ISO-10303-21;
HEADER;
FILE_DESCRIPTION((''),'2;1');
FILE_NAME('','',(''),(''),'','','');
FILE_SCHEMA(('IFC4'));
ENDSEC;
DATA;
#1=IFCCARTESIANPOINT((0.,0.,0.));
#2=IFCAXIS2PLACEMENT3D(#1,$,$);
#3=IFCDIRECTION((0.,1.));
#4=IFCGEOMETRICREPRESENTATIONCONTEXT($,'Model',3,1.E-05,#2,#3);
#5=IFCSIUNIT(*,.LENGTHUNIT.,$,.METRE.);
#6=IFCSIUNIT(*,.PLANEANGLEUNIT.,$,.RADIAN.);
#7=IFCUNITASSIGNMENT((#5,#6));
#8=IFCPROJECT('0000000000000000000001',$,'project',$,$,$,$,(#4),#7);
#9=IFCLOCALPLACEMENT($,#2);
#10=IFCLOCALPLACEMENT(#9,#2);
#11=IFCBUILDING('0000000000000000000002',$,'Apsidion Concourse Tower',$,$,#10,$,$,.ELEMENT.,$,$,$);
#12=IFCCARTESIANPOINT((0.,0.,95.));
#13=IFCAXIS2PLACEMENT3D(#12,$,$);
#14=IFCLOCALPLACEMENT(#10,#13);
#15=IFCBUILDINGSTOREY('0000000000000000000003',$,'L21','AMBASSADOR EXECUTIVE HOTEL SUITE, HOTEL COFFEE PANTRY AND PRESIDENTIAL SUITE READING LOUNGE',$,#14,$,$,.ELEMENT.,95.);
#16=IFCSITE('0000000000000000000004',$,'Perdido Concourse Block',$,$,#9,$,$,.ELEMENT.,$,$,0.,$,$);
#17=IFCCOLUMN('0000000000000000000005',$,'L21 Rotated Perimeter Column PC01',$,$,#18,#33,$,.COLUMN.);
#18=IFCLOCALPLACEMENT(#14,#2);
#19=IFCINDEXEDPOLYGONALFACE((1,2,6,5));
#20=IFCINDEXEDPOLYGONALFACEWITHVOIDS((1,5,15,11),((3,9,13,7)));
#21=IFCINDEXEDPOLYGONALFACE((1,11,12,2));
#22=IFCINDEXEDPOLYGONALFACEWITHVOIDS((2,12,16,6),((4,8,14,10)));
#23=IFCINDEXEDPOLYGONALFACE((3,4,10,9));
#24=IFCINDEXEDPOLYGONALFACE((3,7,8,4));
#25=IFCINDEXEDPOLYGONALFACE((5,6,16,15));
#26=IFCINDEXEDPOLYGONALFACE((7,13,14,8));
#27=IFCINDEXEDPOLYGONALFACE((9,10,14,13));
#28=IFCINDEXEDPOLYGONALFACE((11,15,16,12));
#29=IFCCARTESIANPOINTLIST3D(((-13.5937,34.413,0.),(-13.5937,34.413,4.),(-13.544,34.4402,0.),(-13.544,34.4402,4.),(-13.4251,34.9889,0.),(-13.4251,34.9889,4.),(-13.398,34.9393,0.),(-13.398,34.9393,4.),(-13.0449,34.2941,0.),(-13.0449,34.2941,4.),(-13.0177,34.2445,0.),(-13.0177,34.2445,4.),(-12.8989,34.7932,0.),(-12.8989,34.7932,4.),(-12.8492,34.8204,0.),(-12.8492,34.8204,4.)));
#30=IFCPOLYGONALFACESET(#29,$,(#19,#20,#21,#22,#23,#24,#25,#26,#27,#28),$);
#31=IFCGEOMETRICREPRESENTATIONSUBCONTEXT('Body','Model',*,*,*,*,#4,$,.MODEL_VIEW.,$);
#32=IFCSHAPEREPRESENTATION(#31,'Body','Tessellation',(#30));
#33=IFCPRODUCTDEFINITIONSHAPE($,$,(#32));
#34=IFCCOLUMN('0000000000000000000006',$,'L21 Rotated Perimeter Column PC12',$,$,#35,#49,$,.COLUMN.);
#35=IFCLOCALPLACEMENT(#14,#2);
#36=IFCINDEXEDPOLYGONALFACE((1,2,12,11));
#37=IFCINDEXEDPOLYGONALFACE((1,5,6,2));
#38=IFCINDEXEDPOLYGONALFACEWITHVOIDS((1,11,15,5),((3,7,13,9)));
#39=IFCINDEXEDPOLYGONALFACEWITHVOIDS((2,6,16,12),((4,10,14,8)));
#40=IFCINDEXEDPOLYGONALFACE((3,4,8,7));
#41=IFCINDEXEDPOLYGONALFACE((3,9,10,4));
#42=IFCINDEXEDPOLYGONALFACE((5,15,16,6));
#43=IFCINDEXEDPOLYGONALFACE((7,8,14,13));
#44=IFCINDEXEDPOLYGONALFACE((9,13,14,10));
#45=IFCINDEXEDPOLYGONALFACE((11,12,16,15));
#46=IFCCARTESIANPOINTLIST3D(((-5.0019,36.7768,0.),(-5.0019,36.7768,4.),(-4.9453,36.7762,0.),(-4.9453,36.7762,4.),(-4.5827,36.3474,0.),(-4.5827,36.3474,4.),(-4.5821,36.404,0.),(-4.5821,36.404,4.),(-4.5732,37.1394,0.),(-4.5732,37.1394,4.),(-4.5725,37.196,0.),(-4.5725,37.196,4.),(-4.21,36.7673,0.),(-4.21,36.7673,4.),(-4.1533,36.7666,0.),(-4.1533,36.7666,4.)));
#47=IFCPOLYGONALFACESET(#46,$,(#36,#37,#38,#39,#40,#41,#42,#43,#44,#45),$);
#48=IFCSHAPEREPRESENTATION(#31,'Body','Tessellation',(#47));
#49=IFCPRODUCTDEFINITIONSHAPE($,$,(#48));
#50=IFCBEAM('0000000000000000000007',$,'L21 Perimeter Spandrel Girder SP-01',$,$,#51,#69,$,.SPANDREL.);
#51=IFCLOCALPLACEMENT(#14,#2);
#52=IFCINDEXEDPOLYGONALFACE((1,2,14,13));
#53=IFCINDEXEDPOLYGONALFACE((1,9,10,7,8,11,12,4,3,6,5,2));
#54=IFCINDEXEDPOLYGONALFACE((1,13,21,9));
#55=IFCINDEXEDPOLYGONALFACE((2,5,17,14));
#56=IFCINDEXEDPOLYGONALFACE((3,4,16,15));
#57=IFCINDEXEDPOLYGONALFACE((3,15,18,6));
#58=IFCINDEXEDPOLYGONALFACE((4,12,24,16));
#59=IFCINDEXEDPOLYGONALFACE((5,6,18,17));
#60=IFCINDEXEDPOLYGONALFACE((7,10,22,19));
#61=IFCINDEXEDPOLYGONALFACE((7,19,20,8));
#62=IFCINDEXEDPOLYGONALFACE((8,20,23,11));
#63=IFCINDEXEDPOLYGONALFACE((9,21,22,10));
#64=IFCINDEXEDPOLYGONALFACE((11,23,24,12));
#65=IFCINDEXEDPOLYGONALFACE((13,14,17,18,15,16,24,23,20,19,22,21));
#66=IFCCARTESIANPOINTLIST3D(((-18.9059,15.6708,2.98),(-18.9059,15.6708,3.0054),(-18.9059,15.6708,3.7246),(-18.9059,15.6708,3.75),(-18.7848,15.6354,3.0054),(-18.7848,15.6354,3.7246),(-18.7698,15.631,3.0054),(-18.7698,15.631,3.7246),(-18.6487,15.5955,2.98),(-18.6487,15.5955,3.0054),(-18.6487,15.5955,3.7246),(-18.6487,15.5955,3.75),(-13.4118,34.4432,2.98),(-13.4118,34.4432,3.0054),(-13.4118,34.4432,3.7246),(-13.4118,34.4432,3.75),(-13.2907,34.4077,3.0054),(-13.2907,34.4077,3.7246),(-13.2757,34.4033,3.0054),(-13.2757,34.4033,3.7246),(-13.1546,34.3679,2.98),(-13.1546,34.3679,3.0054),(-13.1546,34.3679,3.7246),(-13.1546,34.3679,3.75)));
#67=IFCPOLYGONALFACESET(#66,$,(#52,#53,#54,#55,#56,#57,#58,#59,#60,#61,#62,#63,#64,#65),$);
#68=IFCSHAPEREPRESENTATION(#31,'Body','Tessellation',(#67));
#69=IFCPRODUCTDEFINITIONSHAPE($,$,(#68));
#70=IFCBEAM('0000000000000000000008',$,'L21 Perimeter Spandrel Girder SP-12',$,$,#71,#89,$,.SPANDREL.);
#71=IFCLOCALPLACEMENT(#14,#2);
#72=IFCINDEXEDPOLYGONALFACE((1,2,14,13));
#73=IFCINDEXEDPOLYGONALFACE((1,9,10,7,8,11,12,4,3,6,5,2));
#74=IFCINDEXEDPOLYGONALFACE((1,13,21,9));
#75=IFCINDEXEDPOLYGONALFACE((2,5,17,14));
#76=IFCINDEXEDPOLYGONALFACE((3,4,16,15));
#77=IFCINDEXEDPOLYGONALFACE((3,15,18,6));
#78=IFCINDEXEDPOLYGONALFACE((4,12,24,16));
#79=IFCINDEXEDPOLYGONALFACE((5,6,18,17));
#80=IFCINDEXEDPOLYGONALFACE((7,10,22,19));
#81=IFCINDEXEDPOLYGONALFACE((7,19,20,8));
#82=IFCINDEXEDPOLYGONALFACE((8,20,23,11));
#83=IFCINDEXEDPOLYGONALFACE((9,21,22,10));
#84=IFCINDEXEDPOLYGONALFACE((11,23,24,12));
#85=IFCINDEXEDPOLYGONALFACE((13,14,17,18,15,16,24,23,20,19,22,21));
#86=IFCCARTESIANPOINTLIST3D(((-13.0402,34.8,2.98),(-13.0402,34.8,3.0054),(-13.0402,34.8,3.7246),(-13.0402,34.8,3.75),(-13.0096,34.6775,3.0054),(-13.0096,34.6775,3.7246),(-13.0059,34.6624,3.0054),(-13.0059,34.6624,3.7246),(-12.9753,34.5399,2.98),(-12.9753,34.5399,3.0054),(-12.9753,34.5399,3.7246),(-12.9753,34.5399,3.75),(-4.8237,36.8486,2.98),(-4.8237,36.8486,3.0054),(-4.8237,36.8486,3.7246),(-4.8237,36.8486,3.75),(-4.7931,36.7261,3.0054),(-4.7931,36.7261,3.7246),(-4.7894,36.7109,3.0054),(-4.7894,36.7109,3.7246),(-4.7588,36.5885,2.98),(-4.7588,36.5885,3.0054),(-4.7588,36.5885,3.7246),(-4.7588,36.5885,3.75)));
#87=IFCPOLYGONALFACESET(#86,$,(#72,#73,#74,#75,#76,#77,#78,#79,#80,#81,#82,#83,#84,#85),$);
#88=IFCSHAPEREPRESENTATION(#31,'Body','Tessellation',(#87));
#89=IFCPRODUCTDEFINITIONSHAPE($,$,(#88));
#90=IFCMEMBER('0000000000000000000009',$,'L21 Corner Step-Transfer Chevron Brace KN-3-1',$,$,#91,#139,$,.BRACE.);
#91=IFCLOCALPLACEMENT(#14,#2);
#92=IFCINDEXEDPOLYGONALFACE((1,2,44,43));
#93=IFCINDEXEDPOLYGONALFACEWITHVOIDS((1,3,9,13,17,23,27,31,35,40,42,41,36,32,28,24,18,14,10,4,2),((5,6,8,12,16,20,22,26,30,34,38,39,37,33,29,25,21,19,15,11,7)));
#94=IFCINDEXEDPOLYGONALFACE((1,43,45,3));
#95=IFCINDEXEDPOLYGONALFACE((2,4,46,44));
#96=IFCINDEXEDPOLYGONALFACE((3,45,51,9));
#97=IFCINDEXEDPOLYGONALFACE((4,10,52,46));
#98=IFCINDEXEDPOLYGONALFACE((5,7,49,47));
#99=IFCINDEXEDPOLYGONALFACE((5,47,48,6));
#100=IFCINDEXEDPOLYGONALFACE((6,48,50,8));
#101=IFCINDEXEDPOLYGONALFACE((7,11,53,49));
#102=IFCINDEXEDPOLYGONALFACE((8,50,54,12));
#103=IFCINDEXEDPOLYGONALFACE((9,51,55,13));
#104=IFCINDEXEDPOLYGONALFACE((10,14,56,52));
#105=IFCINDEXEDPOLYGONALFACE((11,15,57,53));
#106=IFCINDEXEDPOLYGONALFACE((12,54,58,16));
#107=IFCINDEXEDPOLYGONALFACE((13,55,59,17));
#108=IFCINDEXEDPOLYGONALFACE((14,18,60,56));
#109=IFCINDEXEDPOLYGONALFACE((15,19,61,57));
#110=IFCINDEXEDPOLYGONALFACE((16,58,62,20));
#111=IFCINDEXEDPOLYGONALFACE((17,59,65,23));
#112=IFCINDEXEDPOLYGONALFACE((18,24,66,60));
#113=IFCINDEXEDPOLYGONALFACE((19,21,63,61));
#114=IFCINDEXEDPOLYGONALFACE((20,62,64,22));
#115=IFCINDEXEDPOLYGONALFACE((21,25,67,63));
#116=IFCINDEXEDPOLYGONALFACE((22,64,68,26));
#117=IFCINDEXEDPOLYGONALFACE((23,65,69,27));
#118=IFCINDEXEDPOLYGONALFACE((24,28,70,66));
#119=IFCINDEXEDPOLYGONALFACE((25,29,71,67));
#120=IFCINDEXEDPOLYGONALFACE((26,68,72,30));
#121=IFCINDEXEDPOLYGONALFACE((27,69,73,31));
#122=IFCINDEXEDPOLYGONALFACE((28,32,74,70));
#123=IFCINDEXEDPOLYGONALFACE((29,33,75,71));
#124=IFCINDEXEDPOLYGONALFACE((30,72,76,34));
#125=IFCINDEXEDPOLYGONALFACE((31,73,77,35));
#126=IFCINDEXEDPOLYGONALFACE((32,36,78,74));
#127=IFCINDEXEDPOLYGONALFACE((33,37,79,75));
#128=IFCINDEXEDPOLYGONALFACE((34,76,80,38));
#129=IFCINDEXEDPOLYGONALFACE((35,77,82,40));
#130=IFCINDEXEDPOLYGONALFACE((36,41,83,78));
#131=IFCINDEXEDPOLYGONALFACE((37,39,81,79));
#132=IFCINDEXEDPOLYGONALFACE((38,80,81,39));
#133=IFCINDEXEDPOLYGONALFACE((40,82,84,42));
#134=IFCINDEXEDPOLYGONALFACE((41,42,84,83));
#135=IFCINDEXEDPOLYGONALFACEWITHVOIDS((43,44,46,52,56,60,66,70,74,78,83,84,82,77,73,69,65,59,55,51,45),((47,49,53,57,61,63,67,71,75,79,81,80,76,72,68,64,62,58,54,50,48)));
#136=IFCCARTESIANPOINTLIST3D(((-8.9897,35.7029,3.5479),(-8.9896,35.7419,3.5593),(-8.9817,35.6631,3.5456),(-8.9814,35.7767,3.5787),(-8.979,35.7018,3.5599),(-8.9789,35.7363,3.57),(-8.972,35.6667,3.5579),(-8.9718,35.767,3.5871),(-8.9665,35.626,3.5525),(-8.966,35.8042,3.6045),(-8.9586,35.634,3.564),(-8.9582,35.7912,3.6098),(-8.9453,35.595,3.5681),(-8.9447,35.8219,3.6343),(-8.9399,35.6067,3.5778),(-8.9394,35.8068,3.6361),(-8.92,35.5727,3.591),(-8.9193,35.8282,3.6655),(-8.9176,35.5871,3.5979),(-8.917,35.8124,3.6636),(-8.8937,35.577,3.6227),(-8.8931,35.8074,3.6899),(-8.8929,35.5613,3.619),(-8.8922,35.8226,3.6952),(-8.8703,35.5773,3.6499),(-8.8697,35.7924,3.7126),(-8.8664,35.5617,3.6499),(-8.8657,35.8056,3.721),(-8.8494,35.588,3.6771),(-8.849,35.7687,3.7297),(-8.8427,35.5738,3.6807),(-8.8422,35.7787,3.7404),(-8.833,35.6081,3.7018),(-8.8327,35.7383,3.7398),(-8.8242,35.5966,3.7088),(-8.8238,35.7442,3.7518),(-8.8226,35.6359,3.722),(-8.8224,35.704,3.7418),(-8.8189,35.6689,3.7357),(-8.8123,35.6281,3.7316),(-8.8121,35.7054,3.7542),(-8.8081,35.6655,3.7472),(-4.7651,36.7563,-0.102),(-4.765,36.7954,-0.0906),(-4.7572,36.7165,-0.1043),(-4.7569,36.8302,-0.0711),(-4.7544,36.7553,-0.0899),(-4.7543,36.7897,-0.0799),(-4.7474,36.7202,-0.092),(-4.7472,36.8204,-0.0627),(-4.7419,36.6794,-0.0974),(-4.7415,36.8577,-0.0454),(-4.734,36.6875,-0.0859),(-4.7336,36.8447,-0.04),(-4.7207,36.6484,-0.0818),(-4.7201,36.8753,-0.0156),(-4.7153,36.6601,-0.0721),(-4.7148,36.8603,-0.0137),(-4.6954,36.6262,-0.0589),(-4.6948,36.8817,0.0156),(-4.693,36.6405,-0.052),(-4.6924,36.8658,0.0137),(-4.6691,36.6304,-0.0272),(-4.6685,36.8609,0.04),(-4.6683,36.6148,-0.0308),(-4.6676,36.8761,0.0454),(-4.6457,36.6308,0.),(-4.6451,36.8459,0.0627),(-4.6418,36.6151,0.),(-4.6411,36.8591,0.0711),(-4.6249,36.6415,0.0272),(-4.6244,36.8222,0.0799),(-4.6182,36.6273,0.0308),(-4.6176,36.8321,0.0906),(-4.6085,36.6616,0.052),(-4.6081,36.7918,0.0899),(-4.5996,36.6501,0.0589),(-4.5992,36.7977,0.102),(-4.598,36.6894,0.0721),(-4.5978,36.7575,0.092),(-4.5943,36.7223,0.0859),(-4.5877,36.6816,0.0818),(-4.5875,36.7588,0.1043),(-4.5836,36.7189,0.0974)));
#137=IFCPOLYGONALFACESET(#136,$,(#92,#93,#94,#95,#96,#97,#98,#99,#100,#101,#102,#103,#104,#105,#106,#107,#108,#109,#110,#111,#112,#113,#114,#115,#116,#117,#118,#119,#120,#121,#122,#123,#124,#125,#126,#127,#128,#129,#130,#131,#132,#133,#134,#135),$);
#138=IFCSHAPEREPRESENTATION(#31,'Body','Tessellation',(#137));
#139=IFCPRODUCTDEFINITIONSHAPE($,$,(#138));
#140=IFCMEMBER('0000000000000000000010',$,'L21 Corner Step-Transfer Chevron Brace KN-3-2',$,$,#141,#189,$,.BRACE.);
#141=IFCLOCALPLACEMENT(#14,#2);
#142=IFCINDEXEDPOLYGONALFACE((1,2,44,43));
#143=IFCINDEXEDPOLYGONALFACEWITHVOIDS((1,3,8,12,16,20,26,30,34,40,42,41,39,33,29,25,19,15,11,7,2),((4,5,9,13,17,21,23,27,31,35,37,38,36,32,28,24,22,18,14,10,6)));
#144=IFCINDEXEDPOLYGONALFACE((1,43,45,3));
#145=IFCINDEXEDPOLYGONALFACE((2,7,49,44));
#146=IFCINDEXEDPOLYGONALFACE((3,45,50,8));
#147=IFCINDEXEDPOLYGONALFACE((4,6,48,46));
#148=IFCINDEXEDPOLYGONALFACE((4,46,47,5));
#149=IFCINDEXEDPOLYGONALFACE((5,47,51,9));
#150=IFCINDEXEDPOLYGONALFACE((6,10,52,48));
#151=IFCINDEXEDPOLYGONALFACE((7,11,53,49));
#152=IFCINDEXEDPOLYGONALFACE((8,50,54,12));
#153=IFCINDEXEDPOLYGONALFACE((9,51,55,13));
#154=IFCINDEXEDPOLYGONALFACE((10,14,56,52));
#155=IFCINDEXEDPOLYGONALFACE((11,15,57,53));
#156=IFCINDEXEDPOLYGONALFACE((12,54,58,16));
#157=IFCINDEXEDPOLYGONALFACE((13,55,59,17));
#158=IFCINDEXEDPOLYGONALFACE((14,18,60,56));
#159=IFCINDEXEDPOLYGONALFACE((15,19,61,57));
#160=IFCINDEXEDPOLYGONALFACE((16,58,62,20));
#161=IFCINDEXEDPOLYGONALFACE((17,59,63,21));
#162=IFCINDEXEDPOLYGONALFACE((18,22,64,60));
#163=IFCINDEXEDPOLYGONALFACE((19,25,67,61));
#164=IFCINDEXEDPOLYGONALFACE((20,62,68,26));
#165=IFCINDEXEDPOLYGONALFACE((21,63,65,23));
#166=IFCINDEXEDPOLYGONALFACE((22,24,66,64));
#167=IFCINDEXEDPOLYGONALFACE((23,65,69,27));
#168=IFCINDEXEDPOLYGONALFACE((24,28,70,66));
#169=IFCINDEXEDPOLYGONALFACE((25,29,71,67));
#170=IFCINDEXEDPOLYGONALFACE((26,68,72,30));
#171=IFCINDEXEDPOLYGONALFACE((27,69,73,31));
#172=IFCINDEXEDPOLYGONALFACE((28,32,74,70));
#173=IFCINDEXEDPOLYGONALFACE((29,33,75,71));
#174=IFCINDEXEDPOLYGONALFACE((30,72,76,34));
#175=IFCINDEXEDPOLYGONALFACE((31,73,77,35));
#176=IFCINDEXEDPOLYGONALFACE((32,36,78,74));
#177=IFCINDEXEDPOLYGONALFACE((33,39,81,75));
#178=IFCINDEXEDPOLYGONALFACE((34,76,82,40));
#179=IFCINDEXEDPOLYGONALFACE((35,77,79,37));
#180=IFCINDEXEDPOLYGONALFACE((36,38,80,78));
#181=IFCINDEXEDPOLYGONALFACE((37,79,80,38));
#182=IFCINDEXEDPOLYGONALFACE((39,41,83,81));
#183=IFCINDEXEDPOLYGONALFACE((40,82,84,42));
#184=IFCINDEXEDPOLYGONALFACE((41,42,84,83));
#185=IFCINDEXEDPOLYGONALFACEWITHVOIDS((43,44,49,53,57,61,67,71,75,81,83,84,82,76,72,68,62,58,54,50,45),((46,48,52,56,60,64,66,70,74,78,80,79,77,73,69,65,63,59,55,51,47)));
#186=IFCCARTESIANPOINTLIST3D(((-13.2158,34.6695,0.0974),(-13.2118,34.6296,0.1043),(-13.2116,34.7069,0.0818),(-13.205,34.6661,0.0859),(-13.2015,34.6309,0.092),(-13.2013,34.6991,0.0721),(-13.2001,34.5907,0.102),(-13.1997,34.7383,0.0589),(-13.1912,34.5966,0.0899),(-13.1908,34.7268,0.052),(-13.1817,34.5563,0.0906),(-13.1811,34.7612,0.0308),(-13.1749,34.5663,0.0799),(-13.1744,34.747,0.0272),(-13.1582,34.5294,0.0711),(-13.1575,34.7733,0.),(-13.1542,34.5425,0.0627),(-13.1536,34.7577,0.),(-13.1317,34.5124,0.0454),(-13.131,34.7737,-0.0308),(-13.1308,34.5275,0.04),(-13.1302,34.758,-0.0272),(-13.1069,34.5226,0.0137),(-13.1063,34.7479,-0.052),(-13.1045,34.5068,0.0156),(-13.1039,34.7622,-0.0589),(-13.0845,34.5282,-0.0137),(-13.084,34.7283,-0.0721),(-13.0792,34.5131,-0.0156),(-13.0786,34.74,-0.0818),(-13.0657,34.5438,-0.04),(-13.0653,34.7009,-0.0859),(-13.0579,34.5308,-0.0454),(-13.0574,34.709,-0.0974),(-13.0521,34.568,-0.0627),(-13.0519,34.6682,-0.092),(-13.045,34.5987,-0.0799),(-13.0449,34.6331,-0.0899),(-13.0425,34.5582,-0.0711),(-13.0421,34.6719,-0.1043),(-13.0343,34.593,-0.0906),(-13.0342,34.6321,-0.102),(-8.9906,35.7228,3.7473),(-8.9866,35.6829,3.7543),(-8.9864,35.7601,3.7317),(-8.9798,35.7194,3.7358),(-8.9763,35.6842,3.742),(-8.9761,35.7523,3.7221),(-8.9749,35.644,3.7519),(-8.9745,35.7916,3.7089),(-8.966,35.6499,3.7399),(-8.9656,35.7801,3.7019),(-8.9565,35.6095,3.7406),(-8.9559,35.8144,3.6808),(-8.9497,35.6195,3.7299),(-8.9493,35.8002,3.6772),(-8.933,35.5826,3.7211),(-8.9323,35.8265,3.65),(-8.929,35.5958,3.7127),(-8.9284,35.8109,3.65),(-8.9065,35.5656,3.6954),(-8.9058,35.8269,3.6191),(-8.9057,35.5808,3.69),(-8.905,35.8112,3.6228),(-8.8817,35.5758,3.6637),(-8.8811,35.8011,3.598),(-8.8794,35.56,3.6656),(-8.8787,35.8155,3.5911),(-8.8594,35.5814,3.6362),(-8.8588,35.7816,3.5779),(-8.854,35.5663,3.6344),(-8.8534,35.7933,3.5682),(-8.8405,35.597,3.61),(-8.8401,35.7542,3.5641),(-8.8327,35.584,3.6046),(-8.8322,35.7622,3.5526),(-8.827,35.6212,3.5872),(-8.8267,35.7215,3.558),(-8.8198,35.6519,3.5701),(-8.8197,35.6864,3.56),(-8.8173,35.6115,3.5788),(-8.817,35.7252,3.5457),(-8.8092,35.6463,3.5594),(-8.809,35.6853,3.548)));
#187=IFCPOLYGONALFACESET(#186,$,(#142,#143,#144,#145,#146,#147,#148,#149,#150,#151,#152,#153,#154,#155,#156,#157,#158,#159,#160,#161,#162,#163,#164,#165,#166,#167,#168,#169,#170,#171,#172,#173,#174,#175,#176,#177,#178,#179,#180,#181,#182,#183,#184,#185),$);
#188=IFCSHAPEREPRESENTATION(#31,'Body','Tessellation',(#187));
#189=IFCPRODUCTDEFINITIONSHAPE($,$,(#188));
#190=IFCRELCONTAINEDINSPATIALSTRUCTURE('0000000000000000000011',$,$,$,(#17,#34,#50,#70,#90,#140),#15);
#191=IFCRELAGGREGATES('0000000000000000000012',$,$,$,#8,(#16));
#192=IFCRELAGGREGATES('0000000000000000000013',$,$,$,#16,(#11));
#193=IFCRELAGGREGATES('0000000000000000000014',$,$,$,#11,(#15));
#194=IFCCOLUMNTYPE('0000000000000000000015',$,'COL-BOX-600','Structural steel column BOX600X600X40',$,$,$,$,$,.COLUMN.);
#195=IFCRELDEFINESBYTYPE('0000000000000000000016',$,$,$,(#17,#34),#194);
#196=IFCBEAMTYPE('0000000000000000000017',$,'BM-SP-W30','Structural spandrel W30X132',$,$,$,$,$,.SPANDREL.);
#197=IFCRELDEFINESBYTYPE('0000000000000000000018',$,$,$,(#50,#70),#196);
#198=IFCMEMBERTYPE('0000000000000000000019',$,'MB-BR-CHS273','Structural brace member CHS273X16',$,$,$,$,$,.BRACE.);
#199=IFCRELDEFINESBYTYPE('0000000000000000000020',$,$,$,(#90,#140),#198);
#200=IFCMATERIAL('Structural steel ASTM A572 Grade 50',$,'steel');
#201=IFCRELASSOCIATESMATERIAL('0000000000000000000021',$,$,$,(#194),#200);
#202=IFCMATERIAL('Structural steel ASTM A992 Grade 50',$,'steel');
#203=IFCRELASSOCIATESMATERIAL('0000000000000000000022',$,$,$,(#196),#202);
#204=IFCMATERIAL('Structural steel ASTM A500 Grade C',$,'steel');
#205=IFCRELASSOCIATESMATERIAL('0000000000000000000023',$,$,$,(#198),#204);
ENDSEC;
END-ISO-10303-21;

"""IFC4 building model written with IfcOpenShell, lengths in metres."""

from ifc_helpers import new_model, si_unit, direction, frame, origin, origin_2d, place, context, subcontext, project, spatial, hollow_rectangle, hollow_circle, i_section, extrude, material, material_profile, profile_set, type_object, element, save


model = new_model("IFC4")

# Units and contexts
model_context = context("Model", 3, precision=1e-05, world=origin(), true_north=direction((0.0, 1.0)))
body_context = subcontext(model_context, "Body", "Model", "MODEL_VIEW")
ifc_project = project(units=[si_unit("LENGTHUNIT", "METRE"), si_unit("PLANEANGLEUNIT", "RADIAN")], contexts=[model_context])

# Site, building, storey
site_placement = place(None, origin())
site = spatial("IfcSite", under=ifc_project, at=site_placement, Name="Perdido Concourse Block", CompositionType="ELEMENT", RefElevation=0.0)
building_placement = place(site_placement, origin())
building = spatial("IfcBuilding", under=site, at=building_placement, Name="Apsidion Concourse Tower", CompositionType="ELEMENT")
storey_placement = place(building_placement, frame((0.0, 0.0, 95.0)))
storey = spatial("IfcBuildingStorey", under=building, at=storey_placement, Name="L21", Description="AMBASSADOR EXECUTIVE HOTEL SUITE, HOTEL COFFEE PANTRY AND PRESIDENTIAL SUITE READING LOUNGE", CompositionType="ELEMENT", Elevation=95.0)

# Columns
ifc_material_1 = material(Name="Structural steel ASTM A572 Grade 50", Category="steel")
ifc_material_profile_1 = material_profile(ifc_material_1, hollow_rectangle(XDim=0.6001, YDim=0.6001, WallThickness=0.04, at=origin_2d()), Name="BOX600X600X40")
ifc_profile_set_1 = profile_set([ifc_material_profile_1], Name="Structural steel ASTM A572 Grade 50")
column_type = type_object("IfcColumnType", Name="COL-BOX-600", Description="Structural steel column BOX600X600X40", PredefinedType="COLUMN", material=ifc_profile_set_1)
for number, where, z_axis, x_axis, name in (
    (1, (-13.2214, 34.6167, 0.0), (0.0, 0.0, 1.0), (0.280834, 0.959756, 0.0), "L21 Rotated Perimeter Column PC01"),
    (2, (-4.5776, 36.7717, 0.0), (0.0, 0.0, 1.0), (-0.69854, 0.715571, 0.0), "L21 Rotated Perimeter Column PC12"),
):
    element("IfcColumn", number, at=place(storey_placement, frame(where, z_axis=z_axis, x_axis=x_axis)), inside=storey, type_object=column_type, Name=name, PredefinedType="COLUMN", context=body_context, shape_type="SweptSolid", body=[
        extrude(hollow_rectangle(XDim=0.6001, YDim=0.6001, WallThickness=0.04, at=origin_2d()), origin(), (0.0, 0.0, 1.0), 4.0),
    ])

# Beams
ifc_material_2 = material(Name="Structural steel ASTM A992 Grade 50", Category="steel")
ifc_material_profile_2 = material_profile(ifc_material_2, i_section(OverallWidth=0.2681, OverallDepth=0.77, WebThickness=0.0156, FlangeThickness=0.0254, at=origin_2d()), Name="W30X132")
ifc_profile_set_2 = profile_set([ifc_material_profile_2], Name="Structural steel ASTM A992 Grade 50")
beam_type = type_object("IfcBeamType", Name="BM-SP-W30", Description="Structural spandrel W30X132", PredefinedType="SPANDREL", material=ifc_profile_set_2)
beam_1_placement = place(storey_placement, frame((-13.2832, 34.4055, 3.365), z_axis=(-0.280888, -0.959741, 0.0), x_axis=(0.959741, -0.280888, 0.0)))
element("IfcBeam", 3, at=beam_1_placement, inside=storey, type_object=beam_type, Name="L21 Perimeter Spandrel Girder SP-01", PredefinedType="SPANDREL", context=body_context, shape_type="SweptSolid", body=[
    extrude(i_section(OverallWidth=0.2681, OverallDepth=0.77, WebThickness=0.0156, FlangeThickness=0.0254, at=origin_2d()), origin(), (0.0, 0.0, 1.0), 19.5598),
])
beam_2_placement = place(storey_placement, frame((-4.7913, 36.7185, 3.365), z_axis=(-0.970297, -0.241918, 0.0), x_axis=(0.241918, -0.970297, 0.0)))
element("IfcBeam", 4, at=beam_2_placement, inside=storey, type_object=beam_type, Name="L21 Perimeter Spandrel Girder SP-12", PredefinedType="SPANDREL", context=body_context, shape_type="SweptSolid", body=[
    extrude(i_section(OverallWidth=0.2681, OverallDepth=0.77, WebThickness=0.0156, FlangeThickness=0.0254, at=origin_2d()), origin(), (0.0, 0.0, 1.0), 8.468),
])

# Members
ifc_material_3 = material(Name="Structural steel ASTM A500 Grade C", Category="steel")
ifc_material_profile_3 = material_profile(ifc_material_3, hollow_circle(Radius=0.1365, WallThickness=0.0161, at=origin_2d()), Name="CHS273X16")
ifc_profile_set_3 = profile_set([ifc_material_profile_3], Name="Structural steel ASTM A500 Grade C")
member_type = type_object("IfcMemberType", Name="MB-BR-CHS273", Description="Structural brace member CHS273X16", PredefinedType="BRACE", material=ifc_profile_set_3)
member_1_placement = place(storey_placement, frame((-4.6748, 36.7476, 0.0), z_axis=(-0.743579, -0.185422, 0.642424), x_axis=(0.241955, -0.970287, 0.0)))
element("IfcMember", 5, at=member_1_placement, inside=storey, type_object=member_type, Name="L21 Corner Step-Transfer Chevron Brace KN-3-1", PredefinedType="BRACE", context=body_context, shape_type="SweptSolid", body=[
    extrude(hollow_circle(Radius=0.1365, WallThickness=0.0161, at=origin_2d()), origin(), (0.0, 0.0, 1.0), 5.6814),
])
member_2_placement = place(storey_placement, frame((-13.1245, 34.6409, 0.0), z_axis=(0.743623, 0.185369, 0.642388), x_axis=(-0.241876, 0.970307, 0.0)))
element("IfcMember", 6, at=member_2_placement, inside=storey, type_object=member_type, Name="L21 Corner Step-Transfer Chevron Brace KN-3-2", PredefinedType="BRACE", context=body_context, shape_type="SweptSolid", body=[
    extrude(hollow_circle(Radius=0.1365, WallThickness=0.0161, at=origin_2d()), origin(), (0.0, 0.0, 1.0), 5.6819),
])

save(model, "model.ifc")
